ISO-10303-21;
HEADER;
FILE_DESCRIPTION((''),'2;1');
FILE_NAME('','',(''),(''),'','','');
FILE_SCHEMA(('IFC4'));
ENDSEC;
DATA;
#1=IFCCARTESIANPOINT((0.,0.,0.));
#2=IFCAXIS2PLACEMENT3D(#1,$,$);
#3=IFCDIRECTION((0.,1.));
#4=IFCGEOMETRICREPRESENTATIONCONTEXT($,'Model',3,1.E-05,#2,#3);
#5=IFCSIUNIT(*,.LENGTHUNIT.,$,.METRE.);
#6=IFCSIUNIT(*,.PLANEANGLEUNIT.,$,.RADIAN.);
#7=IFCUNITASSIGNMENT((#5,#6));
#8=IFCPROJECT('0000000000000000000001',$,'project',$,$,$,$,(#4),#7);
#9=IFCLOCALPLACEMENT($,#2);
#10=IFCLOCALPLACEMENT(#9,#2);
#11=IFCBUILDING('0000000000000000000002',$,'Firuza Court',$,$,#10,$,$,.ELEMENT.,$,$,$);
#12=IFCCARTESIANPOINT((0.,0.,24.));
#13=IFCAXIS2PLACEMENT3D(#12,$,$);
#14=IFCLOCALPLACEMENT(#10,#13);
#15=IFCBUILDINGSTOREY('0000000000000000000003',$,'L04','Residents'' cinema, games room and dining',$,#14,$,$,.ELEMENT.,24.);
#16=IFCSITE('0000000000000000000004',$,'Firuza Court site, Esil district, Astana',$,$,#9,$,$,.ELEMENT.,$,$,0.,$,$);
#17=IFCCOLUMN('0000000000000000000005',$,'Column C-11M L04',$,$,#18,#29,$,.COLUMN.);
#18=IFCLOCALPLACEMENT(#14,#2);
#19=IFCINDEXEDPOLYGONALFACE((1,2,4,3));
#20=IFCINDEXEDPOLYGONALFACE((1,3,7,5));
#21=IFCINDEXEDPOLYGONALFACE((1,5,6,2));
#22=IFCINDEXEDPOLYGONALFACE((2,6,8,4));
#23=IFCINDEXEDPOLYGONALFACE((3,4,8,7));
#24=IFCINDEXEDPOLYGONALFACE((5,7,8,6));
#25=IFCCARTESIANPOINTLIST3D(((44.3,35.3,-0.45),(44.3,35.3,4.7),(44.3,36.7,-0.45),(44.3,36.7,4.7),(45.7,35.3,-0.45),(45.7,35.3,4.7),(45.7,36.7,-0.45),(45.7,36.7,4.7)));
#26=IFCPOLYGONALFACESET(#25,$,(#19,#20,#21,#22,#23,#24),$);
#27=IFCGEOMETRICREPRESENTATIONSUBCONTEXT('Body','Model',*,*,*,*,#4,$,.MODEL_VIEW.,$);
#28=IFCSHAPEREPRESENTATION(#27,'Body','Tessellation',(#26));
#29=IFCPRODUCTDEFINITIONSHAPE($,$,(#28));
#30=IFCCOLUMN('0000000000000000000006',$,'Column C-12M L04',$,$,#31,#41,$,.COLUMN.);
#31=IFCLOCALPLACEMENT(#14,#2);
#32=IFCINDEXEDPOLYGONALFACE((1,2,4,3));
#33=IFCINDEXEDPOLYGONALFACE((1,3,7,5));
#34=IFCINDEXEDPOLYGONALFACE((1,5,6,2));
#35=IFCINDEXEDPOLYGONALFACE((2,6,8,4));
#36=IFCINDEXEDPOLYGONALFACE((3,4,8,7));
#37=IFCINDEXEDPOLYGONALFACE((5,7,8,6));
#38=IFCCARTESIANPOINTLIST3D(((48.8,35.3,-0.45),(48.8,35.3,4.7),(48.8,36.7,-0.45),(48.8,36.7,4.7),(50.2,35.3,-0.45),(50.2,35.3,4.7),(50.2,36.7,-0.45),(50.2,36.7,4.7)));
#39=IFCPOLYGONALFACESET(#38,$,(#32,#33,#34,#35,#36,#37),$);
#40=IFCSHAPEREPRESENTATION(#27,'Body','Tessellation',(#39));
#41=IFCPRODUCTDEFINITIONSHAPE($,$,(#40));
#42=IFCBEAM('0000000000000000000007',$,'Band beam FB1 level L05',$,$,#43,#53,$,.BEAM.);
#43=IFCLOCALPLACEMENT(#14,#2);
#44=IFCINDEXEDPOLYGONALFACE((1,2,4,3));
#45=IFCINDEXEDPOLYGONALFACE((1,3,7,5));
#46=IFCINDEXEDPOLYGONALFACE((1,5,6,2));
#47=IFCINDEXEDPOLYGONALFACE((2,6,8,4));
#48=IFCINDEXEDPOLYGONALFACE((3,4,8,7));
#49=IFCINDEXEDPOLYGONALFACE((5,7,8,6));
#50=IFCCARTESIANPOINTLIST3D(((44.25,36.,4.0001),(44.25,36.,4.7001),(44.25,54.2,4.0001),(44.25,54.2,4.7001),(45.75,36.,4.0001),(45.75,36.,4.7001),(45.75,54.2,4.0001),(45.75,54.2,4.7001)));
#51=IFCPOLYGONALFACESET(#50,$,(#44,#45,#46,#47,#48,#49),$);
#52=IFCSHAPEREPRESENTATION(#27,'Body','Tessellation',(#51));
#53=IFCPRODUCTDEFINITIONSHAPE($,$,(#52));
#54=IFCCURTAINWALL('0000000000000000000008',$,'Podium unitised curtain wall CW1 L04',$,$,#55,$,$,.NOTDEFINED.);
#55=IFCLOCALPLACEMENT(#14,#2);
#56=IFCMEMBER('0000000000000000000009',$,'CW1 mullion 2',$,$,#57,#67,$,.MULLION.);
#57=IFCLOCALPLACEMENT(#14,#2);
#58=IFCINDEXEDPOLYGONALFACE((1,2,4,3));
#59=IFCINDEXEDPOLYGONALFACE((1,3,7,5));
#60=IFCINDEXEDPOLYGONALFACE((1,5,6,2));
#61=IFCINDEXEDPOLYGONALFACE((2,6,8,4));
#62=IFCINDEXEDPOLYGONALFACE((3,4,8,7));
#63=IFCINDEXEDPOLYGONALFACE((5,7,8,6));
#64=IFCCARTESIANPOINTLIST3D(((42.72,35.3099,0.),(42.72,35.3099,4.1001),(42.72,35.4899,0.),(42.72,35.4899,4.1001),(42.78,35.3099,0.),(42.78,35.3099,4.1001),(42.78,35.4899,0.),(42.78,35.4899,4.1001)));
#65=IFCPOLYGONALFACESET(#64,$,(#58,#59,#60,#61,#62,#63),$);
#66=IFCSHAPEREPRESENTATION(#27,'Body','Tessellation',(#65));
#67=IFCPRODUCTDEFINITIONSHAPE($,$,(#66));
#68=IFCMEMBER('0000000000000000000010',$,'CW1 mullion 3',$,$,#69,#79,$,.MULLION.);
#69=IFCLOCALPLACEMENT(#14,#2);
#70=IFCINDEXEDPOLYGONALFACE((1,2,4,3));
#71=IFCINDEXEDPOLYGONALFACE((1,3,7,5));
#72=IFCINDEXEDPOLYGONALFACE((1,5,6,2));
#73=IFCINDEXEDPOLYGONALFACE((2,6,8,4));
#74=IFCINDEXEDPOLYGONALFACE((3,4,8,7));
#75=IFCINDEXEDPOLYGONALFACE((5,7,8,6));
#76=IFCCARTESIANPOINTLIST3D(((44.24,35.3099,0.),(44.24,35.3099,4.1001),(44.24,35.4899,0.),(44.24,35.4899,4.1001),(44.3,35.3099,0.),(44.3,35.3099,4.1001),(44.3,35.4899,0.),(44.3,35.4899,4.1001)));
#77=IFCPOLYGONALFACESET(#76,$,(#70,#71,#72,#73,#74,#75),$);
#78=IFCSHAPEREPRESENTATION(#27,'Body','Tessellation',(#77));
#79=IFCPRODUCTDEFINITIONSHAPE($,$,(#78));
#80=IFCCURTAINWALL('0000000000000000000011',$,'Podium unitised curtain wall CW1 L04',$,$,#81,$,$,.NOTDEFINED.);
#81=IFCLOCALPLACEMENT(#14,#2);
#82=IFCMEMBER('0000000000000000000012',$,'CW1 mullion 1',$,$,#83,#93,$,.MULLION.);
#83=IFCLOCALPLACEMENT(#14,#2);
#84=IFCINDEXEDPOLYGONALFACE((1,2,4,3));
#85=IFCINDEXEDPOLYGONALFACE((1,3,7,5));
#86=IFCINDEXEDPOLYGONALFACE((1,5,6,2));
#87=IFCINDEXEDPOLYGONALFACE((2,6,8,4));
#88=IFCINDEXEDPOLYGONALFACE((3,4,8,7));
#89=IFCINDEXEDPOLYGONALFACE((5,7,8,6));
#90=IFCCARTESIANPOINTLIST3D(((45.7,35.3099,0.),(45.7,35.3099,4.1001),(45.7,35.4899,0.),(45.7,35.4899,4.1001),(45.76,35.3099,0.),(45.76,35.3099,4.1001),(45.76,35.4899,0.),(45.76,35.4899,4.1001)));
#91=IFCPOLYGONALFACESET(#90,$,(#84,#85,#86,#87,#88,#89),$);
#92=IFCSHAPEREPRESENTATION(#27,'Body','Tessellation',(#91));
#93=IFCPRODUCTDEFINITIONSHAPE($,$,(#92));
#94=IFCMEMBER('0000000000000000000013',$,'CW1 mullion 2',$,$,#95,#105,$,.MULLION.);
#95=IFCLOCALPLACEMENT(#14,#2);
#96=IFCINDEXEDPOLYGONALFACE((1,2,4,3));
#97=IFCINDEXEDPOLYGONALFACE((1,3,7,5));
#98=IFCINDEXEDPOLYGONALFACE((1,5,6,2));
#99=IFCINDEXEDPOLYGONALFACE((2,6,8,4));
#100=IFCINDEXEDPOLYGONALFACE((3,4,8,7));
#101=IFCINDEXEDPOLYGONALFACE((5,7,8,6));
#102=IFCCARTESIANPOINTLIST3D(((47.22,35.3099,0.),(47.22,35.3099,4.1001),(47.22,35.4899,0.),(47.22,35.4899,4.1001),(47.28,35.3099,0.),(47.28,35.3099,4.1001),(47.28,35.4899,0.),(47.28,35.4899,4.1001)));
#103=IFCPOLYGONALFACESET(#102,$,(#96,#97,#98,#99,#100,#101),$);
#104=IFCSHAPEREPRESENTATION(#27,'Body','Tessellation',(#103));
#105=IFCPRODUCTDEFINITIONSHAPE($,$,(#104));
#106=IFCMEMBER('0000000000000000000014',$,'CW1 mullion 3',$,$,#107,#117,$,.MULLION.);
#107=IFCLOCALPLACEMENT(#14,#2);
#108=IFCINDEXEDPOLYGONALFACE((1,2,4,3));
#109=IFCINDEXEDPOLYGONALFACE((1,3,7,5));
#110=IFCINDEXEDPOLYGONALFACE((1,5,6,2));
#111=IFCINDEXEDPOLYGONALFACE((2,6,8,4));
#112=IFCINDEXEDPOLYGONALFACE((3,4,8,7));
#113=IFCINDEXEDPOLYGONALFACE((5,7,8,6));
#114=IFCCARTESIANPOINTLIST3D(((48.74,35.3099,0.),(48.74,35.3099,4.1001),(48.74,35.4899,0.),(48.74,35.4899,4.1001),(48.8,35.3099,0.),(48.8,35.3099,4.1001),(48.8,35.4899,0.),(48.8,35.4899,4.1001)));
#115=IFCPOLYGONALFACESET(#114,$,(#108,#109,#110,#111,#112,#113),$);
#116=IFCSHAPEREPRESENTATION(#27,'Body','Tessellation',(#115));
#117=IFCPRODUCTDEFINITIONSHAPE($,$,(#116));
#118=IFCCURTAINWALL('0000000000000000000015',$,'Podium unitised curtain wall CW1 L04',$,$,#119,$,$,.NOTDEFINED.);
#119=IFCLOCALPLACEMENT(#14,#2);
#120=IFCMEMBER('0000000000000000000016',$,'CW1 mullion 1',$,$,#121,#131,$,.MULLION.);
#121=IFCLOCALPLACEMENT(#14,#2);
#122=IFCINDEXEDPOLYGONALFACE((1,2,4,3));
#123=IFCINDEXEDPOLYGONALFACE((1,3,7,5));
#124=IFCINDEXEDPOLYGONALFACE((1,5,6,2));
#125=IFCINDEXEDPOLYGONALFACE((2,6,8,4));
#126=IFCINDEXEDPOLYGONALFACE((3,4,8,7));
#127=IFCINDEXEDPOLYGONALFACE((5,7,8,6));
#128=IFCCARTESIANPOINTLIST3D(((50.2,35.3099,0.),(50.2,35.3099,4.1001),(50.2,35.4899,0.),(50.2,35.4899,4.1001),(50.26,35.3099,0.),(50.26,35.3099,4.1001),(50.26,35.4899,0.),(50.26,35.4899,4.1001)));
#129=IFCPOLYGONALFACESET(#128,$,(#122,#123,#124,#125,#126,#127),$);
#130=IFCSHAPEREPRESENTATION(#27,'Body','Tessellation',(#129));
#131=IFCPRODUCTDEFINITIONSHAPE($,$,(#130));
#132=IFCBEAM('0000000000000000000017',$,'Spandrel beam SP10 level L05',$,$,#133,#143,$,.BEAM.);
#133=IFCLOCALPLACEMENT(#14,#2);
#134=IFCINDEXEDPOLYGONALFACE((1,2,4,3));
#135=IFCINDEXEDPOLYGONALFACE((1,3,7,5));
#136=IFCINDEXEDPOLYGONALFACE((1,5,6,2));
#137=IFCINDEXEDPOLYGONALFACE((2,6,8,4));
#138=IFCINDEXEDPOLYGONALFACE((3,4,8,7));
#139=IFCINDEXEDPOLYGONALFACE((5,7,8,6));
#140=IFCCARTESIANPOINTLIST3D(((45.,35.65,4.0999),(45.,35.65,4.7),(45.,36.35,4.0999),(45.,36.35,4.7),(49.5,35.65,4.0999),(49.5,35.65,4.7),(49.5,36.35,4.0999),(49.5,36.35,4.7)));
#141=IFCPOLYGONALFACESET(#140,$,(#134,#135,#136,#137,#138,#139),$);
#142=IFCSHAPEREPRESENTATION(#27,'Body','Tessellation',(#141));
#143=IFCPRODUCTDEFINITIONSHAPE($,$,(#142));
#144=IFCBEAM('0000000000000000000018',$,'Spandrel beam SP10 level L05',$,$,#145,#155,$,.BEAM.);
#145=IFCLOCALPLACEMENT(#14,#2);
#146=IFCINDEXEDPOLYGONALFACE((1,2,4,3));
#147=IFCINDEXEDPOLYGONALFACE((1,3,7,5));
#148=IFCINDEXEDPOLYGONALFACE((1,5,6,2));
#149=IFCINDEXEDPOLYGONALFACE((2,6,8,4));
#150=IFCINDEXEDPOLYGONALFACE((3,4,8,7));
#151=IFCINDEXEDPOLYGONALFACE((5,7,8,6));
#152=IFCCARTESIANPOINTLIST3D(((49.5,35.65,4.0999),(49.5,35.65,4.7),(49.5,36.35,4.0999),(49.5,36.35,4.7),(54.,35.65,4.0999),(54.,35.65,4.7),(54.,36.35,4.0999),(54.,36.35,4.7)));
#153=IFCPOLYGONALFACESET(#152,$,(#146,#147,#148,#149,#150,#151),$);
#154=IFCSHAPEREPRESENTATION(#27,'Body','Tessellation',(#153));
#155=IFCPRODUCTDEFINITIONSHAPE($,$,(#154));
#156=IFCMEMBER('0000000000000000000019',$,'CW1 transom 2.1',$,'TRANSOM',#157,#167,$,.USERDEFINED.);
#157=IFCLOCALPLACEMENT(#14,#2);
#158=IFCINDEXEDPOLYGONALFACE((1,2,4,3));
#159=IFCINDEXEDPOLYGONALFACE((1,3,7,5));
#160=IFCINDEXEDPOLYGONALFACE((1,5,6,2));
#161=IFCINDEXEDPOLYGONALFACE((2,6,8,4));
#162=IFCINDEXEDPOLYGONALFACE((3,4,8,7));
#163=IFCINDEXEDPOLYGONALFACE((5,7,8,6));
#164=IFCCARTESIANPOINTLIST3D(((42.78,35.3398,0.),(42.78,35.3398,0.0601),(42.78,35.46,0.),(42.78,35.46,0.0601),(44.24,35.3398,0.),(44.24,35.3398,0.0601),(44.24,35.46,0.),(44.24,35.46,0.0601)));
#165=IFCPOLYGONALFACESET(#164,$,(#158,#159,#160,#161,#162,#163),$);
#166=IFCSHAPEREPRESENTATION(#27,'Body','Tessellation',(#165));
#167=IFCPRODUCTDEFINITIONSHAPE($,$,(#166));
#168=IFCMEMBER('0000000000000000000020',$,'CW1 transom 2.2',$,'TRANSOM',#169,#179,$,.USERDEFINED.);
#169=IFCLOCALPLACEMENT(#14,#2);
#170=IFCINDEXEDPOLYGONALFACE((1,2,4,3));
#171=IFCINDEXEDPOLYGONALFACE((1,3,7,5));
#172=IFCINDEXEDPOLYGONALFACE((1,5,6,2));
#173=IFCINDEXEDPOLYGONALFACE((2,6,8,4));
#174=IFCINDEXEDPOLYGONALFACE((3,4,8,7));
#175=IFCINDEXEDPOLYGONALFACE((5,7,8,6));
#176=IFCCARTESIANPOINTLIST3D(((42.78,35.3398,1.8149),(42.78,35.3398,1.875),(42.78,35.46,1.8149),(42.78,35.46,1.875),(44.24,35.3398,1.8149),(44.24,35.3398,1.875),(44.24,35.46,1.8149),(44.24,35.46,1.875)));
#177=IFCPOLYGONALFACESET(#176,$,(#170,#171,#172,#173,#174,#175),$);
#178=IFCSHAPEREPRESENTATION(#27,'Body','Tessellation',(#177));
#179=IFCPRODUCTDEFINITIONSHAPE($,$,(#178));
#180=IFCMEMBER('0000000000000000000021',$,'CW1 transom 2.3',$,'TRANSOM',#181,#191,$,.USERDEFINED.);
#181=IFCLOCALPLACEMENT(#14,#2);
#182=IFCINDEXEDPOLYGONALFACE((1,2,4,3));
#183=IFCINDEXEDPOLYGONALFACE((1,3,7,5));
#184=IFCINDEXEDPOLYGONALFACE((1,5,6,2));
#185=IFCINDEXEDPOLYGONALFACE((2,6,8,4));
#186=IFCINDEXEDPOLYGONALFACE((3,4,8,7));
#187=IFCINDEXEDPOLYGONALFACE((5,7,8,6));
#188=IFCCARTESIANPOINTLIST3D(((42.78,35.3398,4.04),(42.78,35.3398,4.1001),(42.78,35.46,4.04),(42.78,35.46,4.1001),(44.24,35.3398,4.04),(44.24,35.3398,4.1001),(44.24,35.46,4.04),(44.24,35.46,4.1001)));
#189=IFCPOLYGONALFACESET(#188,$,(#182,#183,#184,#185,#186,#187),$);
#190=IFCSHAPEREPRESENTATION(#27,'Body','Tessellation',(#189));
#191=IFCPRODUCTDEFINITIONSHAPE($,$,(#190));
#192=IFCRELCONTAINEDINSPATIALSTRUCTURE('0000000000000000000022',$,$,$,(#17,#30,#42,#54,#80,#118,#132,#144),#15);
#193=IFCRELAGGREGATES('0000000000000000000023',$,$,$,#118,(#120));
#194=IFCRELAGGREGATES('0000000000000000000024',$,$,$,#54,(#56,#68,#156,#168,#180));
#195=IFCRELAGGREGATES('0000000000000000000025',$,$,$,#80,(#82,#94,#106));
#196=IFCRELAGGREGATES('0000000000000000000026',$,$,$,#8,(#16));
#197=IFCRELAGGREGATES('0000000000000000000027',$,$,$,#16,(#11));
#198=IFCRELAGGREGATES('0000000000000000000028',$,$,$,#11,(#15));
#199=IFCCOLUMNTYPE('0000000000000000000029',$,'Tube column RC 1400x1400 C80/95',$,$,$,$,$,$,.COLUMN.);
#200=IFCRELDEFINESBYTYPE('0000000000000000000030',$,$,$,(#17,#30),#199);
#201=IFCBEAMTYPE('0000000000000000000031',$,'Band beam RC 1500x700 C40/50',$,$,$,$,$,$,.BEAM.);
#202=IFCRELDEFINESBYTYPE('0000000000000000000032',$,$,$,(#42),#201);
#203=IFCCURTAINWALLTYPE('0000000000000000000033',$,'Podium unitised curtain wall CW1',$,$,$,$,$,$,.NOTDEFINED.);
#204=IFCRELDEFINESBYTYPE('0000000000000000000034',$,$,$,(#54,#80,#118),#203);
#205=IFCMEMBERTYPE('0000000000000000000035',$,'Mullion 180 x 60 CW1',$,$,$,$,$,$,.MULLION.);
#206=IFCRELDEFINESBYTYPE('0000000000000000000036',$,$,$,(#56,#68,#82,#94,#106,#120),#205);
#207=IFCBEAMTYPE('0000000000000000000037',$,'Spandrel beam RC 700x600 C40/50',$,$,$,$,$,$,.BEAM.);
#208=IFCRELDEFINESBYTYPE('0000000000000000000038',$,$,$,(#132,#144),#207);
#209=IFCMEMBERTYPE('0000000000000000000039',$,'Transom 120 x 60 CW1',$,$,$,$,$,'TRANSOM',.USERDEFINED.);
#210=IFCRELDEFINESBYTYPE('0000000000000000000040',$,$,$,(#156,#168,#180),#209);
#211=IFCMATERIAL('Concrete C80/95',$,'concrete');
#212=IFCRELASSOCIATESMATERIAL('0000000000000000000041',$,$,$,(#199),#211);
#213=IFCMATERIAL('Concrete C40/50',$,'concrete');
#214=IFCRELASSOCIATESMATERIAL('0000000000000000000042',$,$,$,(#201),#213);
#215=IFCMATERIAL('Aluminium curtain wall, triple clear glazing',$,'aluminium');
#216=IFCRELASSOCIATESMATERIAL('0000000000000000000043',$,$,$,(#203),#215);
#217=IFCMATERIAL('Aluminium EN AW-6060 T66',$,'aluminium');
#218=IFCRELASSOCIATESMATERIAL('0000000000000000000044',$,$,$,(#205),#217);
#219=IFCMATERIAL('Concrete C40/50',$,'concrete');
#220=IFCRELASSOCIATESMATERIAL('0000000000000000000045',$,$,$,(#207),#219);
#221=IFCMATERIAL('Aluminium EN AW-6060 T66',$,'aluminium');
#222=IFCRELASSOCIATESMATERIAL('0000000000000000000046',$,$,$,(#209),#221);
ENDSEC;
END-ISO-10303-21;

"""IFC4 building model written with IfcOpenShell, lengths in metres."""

from ifc_helpers import new_model, si_unit, direction, frame, origin, origin_2d, place, context, subcontext, project, spatial, rectangle, extrude, material, material_profile, profile_set, type_object, element, aggregate, save


model = new_model("IFC4")

# Units and contexts
model_context = context("Model", 3, precision=1e-05, world=origin(), true_north=direction((0.0, 1.0)))
body_context = subcontext(model_context, "Body", "Model", "MODEL_VIEW")
ifc_project = project(units=[si_unit("LENGTHUNIT", "METRE"), si_unit("PLANEANGLEUNIT", "RADIAN")], contexts=[model_context])

# Site, building, storey
site_placement = place(None, origin())
site = spatial("IfcSite", under=ifc_project, at=site_placement, Name="Firuza Court site, Esil district, Astana", CompositionType="ELEMENT", RefElevation=0.0)
building_placement = place(site_placement, origin())
building = spatial("IfcBuilding", under=site, at=building_placement, Name="Firuza Court", CompositionType="ELEMENT")
storey_placement = place(building_placement, frame((0.0, 0.0, 24.0)))
storey = spatial("IfcBuildingStorey", under=building, at=storey_placement, Name="L04", Description="Residents' cinema, games room and dining", CompositionType="ELEMENT", Elevation=24.0)

# Columns
ifc_material_1 = material(Name="Concrete C80/95", Category="concrete")
ifc_material_profile_1 = material_profile(ifc_material_1, rectangle(XDim=1.3999, YDim=1.3999, at=origin_2d()), Name="RC 1400x1400")
ifc_profile_set_1 = profile_set([ifc_material_profile_1], Name="Concrete C80/95")
column_type = type_object("IfcColumnType", Name="Tube column RC 1400x1400 C80/95", PredefinedType="COLUMN", material=ifc_profile_set_1)
for number, where, z_axis, x_axis, name in (
    (1, (45.0, 36.0, -0.45), (0.0, 0.0, 1.0), (1.0, 0.0, 0.0), "Column C-11M L04"),
    (2, (49.5, 36.0, -0.45), (0.0, 0.0, 1.0), (1.0, 0.0, 0.0), "Column C-12M L04"),
):
    element("IfcColumn", number, at=place(storey_placement, frame(where, z_axis=z_axis, x_axis=x_axis)), inside=storey, type_object=column_type, Name=name, PredefinedType="COLUMN", context=body_context, shape_type="SweptSolid", body=[
        extrude(rectangle(XDim=1.3999, YDim=1.3999, at=origin_2d()), origin(), (0.0, 0.0, 1.0), 5.1499),
    ])

# Beam
ifc_material_2 = material(Name="Concrete C40/50", Category="concrete")
ifc_material_profile_2 = material_profile(ifc_material_2, rectangle(XDim=1.5, YDim=0.7, at=origin_2d()), Name="RC 1500x700")
ifc_profile_set_2 = profile_set([ifc_material_profile_2], Name="Concrete C40/50")
beam_type_1 = type_object("IfcBeamType", Name="Band beam RC 1500x700 C40/50", PredefinedType="BEAM", material=ifc_profile_set_2)
beam_placement = place(storey_placement, frame((45.0, 36.0, 4.3501), z_axis=(0.0, 1.0, 0.0), x_axis=(-1.0, 0.0, 0.0)))
element("IfcBeam", 3, at=beam_placement, inside=storey, type_object=beam_type_1, Name="Band beam FB1 level L05", PredefinedType="BEAM", context=body_context, shape_type="SweptSolid", body=[
    extrude(rectangle(XDim=1.5, YDim=0.7, at=origin_2d()), origin(), (0.0, 0.0, 1.0), 18.2),
])

# Curtain walls, members
ifc_material_3 = material(Name="Aluminium curtain wall, triple clear glazing", Category="aluminium")
curtain_wall_type = type_object("IfcCurtainWallType", Name="Podium unitised curtain wall CW1", PredefinedType="NOTDEFINED", material=ifc_material_3)
curtain_wall_1_placement = place(storey_placement, origin())
curtain_wall_1 = element("IfcCurtainWall", 4, at=curtain_wall_1_placement, inside=storey, type_object=curtain_wall_type, Name="Podium unitised curtain wall CW1 L04", PredefinedType="NOTDEFINED")
ifc_material_4 = material(Name="Aluminium EN AW-6060 T66", Category="aluminium")
ifc_material_profile_3 = material_profile(ifc_material_4, rectangle(XDim=0.1799, YDim=0.0601, at=origin_2d()), Name="Mullion 180 x 60 CW1")
ifc_profile_set_3 = profile_set([ifc_material_profile_3], Name="Aluminium EN AW-6060 T66")
member_type_1 = type_object("IfcMemberType", Name="Mullion 180 x 60 CW1", PredefinedType="MULLION", material=ifc_profile_set_3)
member_1_placement = place(storey_placement, frame((42.75, 35.3999, 0.0), z_axis=(0.0, 0.0, 1.0), x_axis=(0.0, 1.0, 0.0)))
member_1 = element("IfcMember", 5, at=member_1_placement, type_object=member_type_1, Name="CW1 mullion 2", PredefinedType="MULLION", context=body_context, shape_type="SweptSolid", body=[
    extrude(rectangle(XDim=0.1799, YDim=0.0601, at=origin_2d()), origin(), (0.0, 0.0, 1.0), 4.1001),
])
member_2_placement = place(storey_placement, frame((44.27, 35.3999, 0.0), z_axis=(0.0, 0.0, 1.0), x_axis=(0.0, 1.0, 0.0)))
member_2 = element("IfcMember", 6, at=member_2_placement, type_object=member_type_1, Name="CW1 mullion 3", PredefinedType="MULLION", context=body_context, shape_type="SweptSolid", body=[
    extrude(rectangle(XDim=0.1799, YDim=0.0601, at=origin_2d()), origin(), (0.0, 0.0, 1.0), 4.1001),
])
curtain_wall_2_placement = place(storey_placement, origin())
curtain_wall_2 = element("IfcCurtainWall", 7, at=curtain_wall_2_placement, inside=storey, type_object=curtain_wall_type, Name="Podium unitised curtain wall CW1 L04", PredefinedType="NOTDEFINED")
member_3_placement = place(storey_placement, frame((45.73, 35.3999, 0.0), z_axis=(0.0, 0.0, 1.0), x_axis=(0.0, 1.0, 0.0)))
member_3 = element("IfcMember", 8, at=member_3_placement, type_object=member_type_1, Name="CW1 mullion 1", PredefinedType="MULLION", context=body_context, shape_type="SweptSolid", body=[
    extrude(rectangle(XDim=0.1799, YDim=0.0601, at=origin_2d()), origin(), (0.0, 0.0, 1.0), 4.1001),
])
member_4_placement = place(storey_placement, frame((47.25, 35.3999, 0.0), z_axis=(0.0, 0.0, 1.0), x_axis=(0.0, 1.0, 0.0)))
member_4 = element("IfcMember", 9, at=member_4_placement, type_object=member_type_1, Name="CW1 mullion 2", PredefinedType="MULLION", context=body_context, shape_type="SweptSolid", body=[
    extrude(rectangle(XDim=0.1799, YDim=0.0601, at=origin_2d()), origin(), (0.0, 0.0, 1.0), 4.1001),
])
member_5_placement = place(storey_placement, frame((48.77, 35.3999, 0.0), z_axis=(0.0, 0.0, 1.0), x_axis=(0.0, 1.0, 0.0)))
member_5 = element("IfcMember", 10, at=member_5_placement, type_object=member_type_1, Name="CW1 mullion 3", PredefinedType="MULLION", context=body_context, shape_type="SweptSolid", body=[
    extrude(rectangle(XDim=0.1799, YDim=0.0601, at=origin_2d()), origin(), (0.0, 0.0, 1.0), 4.1001),
])

# Curtain wall, member
curtain_wall_3_placement = place(storey_placement, origin())
curtain_wall_3 = element("IfcCurtainWall", 11, at=curtain_wall_3_placement, inside=storey, type_object=curtain_wall_type, Name="Podium unitised curtain wall CW1 L04", PredefinedType="NOTDEFINED")
member_6_placement = place(storey_placement, frame((50.23, 35.3999, 0.0), z_axis=(0.0, 0.0, 1.0), x_axis=(0.0, 1.0, 0.0)))
member_6 = element("IfcMember", 12, at=member_6_placement, type_object=member_type_1, Name="CW1 mullion 1", PredefinedType="MULLION", context=body_context, shape_type="SweptSolid", body=[
    extrude(rectangle(XDim=0.1799, YDim=0.0601, at=origin_2d()), origin(), (0.0, 0.0, 1.0), 4.1001),
])

# Beams
ifc_material_5 = material(Name="Concrete C40/50", Category="concrete")
ifc_material_profile_4 = material_profile(ifc_material_5, rectangle(XDim=0.7, YDim=0.6001, at=origin_2d()), Name="RC 700x600")
ifc_profile_set_4 = profile_set([ifc_material_profile_4], Name="Concrete C40/50")
beam_type_2 = type_object("IfcBeamType", Name="Spandrel beam RC 700x600 C40/50", PredefinedType="BEAM", material=ifc_profile_set_4)
for number, where, z_axis, x_axis, name in (
    (13, (45.0, 36.0, 4.3999), (1.0, 0.0, 0.0), (0.0, 1.0, 0.0), "Spandrel beam SP10 level L05"),
    (14, (49.5, 36.0, 4.3999), (1.0, 0.0, 0.0), (0.0, 1.0, 0.0), "Spandrel beam SP10 level L05"),
):
    element("IfcBeam", number, at=place(storey_placement, frame(where, z_axis=z_axis, x_axis=x_axis)), inside=storey, type_object=beam_type_2, Name=name, PredefinedType="BEAM", context=body_context, shape_type="SweptSolid", body=[
        extrude(rectangle(XDim=0.7, YDim=0.6001, at=origin_2d()), origin(), (0.0, 0.0, 1.0), 4.5),
    ])

# Members
ifc_material_6 = material(Name="Aluminium EN AW-6060 T66", Category="aluminium")
ifc_material_profile_5 = material_profile(ifc_material_6, rectangle(XDim=0.1201, YDim=0.0601, at=origin_2d()), Name="Transom 120 x 60 CW1")
ifc_profile_set_5 = profile_set([ifc_material_profile_5], Name="Aluminium EN AW-6060 T66")
member_type_2 = type_object("IfcMemberType", Name="Transom 120 x 60 CW1", ElementType="TRANSOM", PredefinedType="USERDEFINED", material=ifc_profile_set_5)
member_7_placement = place(storey_placement, frame((42.78, 35.3999, 0.03), z_axis=(1.0, 0.0, 0.0), x_axis=(0.0, 1.0, 0.0)))
member_7 = element("IfcMember", 15, at=member_7_placement, type_object=member_type_2, Name="CW1 transom 2.1", ObjectType="TRANSOM", PredefinedType="USERDEFINED", context=body_context, shape_type="SweptSolid", body=[
    extrude(rectangle(XDim=0.1201, YDim=0.0601, at=origin_2d()), origin(), (0.0, 0.0, 1.0), 1.46),
])
member_8_placement = place(storey_placement, frame((42.78, 35.3999, 1.845), z_axis=(1.0, 0.0, 0.0), x_axis=(0.0, 1.0, 0.0)))
member_8 = element("IfcMember", 16, at=member_8_placement, type_object=member_type_2, Name="CW1 transom 2.2", ObjectType="TRANSOM", PredefinedType="USERDEFINED", context=body_context, shape_type="SweptSolid", body=[
    extrude(rectangle(XDim=0.1201, YDim=0.0601, at=origin_2d()), origin(), (0.0, 0.0, 1.0), 1.46),
])
member_9_placement = place(storey_placement, frame((42.78, 35.3999, 4.0701), z_axis=(1.0, 0.0, 0.0), x_axis=(0.0, 1.0, 0.0)))
member_9 = element("IfcMember", 17, at=member_9_placement, type_object=member_type_2, Name="CW1 transom 2.3", ObjectType="TRANSOM", PredefinedType="USERDEFINED", context=body_context, shape_type="SweptSolid", body=[
    extrude(rectangle(XDim=0.1201, YDim=0.0601, at=origin_2d()), origin(), (0.0, 0.0, 1.0), 1.46),
])
aggregate(curtain_wall_3, [member_6])

aggregate(curtain_wall_1, [member_1, member_2, member_7, member_8, member_9])
aggregate(curtain_wall_2, [member_3, member_4, member_5])

save(model, "model.ifc")
